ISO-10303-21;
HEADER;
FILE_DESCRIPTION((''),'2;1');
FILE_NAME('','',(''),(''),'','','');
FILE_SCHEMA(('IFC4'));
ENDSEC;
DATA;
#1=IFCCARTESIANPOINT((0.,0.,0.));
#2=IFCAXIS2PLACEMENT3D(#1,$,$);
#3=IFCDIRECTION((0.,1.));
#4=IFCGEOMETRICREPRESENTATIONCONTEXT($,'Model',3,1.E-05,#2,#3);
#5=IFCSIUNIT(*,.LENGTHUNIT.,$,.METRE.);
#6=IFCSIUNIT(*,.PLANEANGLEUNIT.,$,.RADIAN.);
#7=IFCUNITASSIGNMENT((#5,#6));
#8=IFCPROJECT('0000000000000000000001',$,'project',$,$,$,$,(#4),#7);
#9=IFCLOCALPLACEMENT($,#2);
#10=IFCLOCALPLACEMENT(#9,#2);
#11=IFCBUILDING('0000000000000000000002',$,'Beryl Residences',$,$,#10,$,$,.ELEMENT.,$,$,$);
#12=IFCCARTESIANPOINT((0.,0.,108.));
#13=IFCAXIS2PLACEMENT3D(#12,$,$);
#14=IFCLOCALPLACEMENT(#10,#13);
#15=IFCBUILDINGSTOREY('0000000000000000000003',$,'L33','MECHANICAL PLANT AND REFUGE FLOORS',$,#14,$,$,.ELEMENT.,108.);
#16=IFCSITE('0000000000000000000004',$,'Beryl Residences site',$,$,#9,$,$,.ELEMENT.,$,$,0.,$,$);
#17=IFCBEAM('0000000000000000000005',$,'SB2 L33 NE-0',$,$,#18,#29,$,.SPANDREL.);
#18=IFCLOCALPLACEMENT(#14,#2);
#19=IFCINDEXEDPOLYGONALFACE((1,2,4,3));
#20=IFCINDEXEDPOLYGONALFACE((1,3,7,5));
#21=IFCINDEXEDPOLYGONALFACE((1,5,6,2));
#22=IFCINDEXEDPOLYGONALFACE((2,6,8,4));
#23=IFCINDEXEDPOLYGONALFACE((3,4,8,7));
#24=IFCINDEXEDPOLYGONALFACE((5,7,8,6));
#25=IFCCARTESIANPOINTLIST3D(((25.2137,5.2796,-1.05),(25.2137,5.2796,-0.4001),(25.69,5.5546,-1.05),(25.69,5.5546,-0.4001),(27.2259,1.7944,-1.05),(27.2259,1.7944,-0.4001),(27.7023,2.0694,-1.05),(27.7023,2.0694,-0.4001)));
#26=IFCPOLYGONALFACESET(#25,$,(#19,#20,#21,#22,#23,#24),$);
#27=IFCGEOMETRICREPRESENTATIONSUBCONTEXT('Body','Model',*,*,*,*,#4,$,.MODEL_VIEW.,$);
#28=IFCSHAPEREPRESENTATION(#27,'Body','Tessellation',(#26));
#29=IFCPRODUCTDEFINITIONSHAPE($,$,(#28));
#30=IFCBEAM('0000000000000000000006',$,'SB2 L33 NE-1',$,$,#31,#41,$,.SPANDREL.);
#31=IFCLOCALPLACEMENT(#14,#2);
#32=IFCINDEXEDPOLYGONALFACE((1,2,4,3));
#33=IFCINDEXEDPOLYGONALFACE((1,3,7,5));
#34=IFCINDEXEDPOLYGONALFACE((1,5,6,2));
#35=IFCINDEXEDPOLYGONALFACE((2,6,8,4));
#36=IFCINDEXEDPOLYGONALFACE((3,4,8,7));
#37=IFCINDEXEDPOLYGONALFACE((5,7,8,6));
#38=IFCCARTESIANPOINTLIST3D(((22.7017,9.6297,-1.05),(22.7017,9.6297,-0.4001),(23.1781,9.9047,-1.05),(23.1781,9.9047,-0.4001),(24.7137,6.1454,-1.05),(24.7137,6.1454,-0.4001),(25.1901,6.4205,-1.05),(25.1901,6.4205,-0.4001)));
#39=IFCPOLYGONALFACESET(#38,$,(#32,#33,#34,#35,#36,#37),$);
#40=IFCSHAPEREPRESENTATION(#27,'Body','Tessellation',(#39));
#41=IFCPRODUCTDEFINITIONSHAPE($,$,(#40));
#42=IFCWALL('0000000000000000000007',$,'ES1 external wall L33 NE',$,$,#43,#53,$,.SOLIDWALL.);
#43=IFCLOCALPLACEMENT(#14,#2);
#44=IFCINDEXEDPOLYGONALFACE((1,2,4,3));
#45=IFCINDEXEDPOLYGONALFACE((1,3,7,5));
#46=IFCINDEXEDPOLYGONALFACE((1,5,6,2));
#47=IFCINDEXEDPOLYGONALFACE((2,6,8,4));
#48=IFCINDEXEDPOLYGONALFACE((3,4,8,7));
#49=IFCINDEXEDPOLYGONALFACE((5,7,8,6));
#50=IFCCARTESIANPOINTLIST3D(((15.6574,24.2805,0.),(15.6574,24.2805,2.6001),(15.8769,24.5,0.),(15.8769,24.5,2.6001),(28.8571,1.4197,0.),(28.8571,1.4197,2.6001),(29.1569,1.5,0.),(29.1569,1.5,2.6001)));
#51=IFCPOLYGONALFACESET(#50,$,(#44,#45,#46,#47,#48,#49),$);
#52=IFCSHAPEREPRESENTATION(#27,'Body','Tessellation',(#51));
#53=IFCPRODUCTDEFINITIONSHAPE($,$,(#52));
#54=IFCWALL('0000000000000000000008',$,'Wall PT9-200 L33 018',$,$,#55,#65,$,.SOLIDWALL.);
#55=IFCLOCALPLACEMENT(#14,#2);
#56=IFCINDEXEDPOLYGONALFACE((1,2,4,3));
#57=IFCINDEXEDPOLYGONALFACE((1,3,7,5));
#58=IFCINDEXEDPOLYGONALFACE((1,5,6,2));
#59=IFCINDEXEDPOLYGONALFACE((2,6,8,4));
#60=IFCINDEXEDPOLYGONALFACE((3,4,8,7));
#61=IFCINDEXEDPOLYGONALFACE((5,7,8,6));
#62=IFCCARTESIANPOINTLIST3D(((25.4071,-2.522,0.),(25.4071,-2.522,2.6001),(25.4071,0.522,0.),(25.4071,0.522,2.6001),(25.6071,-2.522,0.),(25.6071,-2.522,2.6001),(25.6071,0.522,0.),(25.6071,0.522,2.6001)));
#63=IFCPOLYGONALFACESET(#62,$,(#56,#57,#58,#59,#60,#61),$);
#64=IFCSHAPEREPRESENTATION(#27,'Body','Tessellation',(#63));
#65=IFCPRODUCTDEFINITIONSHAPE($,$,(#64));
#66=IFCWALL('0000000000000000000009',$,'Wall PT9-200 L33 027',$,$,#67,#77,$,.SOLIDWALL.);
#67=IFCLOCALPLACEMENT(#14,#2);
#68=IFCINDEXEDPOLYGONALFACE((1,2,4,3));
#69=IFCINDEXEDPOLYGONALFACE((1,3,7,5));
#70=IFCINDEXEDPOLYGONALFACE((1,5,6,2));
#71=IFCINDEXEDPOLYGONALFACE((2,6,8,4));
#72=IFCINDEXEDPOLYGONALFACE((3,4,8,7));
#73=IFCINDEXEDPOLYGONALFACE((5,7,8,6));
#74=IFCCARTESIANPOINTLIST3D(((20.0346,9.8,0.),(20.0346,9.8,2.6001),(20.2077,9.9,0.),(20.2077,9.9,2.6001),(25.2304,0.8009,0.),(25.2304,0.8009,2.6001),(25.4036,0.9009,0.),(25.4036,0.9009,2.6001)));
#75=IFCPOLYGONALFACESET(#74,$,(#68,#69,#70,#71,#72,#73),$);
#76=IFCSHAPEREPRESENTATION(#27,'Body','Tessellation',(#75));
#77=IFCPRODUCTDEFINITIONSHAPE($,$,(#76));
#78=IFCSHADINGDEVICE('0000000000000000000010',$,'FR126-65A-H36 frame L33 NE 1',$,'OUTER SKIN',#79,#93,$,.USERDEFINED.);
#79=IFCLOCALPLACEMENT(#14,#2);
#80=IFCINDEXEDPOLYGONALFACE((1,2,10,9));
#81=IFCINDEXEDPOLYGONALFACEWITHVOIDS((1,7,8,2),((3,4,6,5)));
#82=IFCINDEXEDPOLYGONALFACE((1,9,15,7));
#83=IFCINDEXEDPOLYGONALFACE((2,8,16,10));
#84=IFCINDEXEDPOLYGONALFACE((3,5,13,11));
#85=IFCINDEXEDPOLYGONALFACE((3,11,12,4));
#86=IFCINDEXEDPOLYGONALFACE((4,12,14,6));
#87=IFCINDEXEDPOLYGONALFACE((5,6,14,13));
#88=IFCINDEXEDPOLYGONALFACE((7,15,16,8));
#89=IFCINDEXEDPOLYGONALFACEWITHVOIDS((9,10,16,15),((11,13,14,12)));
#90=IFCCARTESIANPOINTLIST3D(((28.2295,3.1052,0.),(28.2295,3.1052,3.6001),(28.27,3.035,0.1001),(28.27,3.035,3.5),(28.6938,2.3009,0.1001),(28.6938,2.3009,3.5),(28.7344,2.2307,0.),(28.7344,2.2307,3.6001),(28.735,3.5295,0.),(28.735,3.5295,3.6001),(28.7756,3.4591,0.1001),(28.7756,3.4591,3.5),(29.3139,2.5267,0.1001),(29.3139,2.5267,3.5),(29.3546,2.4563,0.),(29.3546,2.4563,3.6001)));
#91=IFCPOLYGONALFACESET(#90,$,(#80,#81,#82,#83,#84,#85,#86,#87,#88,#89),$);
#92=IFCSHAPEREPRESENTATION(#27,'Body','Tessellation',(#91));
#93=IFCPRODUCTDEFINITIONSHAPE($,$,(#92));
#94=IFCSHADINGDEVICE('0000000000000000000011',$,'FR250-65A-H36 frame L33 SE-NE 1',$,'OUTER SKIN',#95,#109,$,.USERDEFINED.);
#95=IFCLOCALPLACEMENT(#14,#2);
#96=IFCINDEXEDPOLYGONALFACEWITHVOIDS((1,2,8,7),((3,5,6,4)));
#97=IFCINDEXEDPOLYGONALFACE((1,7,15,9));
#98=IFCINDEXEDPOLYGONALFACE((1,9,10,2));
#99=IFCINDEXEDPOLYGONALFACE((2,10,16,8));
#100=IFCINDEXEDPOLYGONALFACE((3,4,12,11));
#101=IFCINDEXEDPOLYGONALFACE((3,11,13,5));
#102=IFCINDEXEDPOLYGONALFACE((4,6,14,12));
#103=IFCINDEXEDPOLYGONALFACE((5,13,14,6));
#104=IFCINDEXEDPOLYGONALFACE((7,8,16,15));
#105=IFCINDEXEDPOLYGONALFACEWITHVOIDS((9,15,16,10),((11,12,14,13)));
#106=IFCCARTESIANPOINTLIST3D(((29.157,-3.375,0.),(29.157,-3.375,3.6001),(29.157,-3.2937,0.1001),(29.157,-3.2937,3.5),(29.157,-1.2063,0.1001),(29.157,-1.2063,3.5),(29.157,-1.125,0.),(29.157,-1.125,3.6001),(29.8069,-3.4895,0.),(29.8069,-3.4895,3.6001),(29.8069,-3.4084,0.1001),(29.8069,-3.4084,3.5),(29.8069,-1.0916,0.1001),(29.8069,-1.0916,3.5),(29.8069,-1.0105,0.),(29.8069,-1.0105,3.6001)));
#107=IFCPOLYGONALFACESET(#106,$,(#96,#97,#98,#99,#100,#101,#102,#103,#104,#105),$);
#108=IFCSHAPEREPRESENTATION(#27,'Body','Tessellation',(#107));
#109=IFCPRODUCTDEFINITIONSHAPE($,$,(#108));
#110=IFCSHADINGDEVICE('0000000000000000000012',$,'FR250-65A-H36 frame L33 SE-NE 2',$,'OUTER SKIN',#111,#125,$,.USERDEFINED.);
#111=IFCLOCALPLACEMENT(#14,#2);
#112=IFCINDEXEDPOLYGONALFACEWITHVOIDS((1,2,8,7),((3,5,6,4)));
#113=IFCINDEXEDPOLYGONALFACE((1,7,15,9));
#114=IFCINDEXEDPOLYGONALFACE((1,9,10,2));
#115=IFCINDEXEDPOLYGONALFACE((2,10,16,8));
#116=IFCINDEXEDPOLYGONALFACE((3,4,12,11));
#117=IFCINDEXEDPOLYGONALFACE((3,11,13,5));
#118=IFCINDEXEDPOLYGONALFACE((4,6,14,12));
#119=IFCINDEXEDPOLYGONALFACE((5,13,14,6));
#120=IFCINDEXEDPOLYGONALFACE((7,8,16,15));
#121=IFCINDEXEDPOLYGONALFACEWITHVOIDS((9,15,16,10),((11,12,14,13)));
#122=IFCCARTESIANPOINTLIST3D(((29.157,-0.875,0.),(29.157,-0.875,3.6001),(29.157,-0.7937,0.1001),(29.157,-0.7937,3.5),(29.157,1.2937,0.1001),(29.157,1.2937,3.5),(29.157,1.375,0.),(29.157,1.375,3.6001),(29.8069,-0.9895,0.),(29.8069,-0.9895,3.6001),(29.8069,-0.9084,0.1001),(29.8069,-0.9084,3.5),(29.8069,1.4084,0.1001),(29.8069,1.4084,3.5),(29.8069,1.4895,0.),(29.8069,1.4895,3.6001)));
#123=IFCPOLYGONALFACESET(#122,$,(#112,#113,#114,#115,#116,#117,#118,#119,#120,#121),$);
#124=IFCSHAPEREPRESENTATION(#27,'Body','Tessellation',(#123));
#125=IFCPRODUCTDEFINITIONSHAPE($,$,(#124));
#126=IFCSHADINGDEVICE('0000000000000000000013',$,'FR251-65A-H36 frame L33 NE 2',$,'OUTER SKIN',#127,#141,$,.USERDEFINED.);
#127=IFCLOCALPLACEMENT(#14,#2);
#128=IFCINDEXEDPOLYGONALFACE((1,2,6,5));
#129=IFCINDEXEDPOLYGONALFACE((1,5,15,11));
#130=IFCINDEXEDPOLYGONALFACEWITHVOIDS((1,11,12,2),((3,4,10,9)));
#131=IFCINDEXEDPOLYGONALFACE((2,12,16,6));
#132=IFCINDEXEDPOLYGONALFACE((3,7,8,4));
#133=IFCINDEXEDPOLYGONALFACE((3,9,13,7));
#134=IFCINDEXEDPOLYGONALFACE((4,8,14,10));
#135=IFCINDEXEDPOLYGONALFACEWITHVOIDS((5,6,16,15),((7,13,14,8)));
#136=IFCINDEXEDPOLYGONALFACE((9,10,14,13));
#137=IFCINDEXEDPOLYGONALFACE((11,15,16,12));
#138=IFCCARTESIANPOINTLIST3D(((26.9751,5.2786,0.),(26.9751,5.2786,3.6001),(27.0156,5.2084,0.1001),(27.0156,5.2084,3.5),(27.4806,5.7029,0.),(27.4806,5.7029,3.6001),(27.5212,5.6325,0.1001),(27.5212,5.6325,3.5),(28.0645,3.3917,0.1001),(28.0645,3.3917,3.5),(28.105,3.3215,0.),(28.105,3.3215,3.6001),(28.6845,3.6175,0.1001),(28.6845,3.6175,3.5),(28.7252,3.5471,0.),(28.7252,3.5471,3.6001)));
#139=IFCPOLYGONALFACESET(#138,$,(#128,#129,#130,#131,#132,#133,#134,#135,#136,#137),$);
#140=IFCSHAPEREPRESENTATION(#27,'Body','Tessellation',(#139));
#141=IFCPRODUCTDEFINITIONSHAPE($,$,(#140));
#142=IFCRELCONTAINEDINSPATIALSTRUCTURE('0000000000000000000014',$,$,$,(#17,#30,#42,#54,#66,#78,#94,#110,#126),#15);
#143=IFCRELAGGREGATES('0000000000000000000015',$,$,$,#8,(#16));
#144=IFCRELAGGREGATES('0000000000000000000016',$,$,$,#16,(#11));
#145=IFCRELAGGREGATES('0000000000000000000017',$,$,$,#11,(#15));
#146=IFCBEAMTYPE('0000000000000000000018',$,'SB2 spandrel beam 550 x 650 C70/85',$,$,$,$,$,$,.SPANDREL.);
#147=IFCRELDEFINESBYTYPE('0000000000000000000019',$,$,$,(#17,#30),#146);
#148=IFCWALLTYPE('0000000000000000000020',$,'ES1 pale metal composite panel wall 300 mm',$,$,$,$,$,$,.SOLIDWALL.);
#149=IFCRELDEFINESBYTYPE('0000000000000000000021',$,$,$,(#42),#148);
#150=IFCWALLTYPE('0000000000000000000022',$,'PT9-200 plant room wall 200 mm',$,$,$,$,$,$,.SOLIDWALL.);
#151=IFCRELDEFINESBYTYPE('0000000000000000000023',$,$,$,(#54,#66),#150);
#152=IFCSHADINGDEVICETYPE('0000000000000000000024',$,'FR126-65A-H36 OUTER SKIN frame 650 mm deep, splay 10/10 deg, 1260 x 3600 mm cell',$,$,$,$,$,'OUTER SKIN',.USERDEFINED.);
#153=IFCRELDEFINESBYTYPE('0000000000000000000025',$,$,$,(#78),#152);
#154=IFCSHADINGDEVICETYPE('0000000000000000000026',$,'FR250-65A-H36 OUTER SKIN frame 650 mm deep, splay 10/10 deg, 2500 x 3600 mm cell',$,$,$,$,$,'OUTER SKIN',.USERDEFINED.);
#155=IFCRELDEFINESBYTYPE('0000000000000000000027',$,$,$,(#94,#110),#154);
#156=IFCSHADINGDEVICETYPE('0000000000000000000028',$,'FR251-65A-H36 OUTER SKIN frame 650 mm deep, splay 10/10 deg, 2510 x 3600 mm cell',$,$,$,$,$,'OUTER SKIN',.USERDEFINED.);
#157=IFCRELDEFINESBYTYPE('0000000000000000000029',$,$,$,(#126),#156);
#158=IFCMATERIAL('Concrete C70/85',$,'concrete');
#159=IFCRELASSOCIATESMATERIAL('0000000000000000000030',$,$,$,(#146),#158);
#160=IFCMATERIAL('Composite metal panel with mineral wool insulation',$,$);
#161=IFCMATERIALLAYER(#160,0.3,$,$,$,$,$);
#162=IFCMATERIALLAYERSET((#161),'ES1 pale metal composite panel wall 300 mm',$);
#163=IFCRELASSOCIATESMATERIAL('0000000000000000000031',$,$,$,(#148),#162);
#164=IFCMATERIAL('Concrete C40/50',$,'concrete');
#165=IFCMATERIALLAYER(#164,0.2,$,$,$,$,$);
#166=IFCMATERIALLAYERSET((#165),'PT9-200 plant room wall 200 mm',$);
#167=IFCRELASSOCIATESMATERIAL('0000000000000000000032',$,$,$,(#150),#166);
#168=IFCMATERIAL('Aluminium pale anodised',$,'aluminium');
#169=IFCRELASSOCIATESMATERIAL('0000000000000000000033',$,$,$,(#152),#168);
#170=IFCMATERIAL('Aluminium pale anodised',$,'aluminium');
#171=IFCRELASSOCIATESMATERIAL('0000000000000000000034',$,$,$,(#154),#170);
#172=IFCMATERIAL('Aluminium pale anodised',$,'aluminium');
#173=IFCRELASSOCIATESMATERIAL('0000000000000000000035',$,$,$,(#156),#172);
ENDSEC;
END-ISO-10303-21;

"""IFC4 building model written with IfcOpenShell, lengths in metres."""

from ifc_helpers import new_model, entity, si_unit, direction, frame, frame_2d, origin, origin_2d, place, context, subcontext, project, spatial, polyline, rectangle, outline, extrude, source, transform, mapped, material, layer, layer_set, material_profile, profile_set, type_object, type_shapes, element, save


model = new_model("IFC4")

# Units and contexts
model_context = context("Model", 3, precision=1e-05, world=origin(), true_north=direction((0.0, 1.0)))
body_context = subcontext(model_context, "Body", "Model", "MODEL_VIEW")
ifc_project = project(units=[si_unit("LENGTHUNIT", "METRE"), si_unit("PLANEANGLEUNIT", "RADIAN")], contexts=[model_context])

# Site, building, storey
site_placement = place(None, origin())
site = spatial("IfcSite", under=ifc_project, at=site_placement, Name="Beryl Residences site", CompositionType="ELEMENT", RefElevation=0.0)
building_placement = place(site_placement, origin())
building = spatial("IfcBuilding", under=site, at=building_placement, Name="Beryl Residences", CompositionType="ELEMENT")
storey_placement = place(building_placement, frame((0.0, 0.0, 108.0)))
storey = spatial("IfcBuildingStorey", under=building, at=storey_placement, Name="L33", Description="MECHANICAL PLANT AND REFUGE FLOORS", CompositionType="ELEMENT", Elevation=108.0)

# Beams
ifc_material_1 = material(Name="Concrete C70/85", Category="concrete")
ifc_material_profile_1 = material_profile(ifc_material_1, rectangle(XDim=0.55, YDim=0.6499, at=origin_2d()))
ifc_profile_set_1 = profile_set([ifc_material_profile_1], Name="Concrete C70/85")
beam_type = type_object("IfcBeamType", Name="SB2 spandrel beam 550 x 650 C70/85", PredefinedType="SPANDREL", material=ifc_profile_set_1)
beam_1_placement = place(storey_placement, frame((27.4641, 1.9319, -0.7251), z_axis=(-0.500015, 0.866017, 0.0), x_axis=(-0.866017, -0.500015, 0.0)))
element("IfcBeam", 1, at=beam_1_placement, inside=storey, type_object=beam_type, Name="SB2 L33 NE-0", PredefinedType="SPANDREL", context=body_context, shape_type="SweptSolid", body=[
    extrude(rectangle(XDim=0.55, YDim=0.6499, at=origin_2d()), origin(), (0.0, 0.0, 1.0), 4.0244),
])
beam_2_placement = place(storey_placement, frame((24.9519, 6.283, -0.7251), z_axis=(-0.500074, 0.865982, 0.0), x_axis=(-0.865982, -0.500074, 0.0)))
element("IfcBeam", 2, at=beam_2_placement, inside=storey, type_object=beam_type, Name="SB2 L33 NE-1", PredefinedType="SPANDREL", context=body_context, shape_type="SweptSolid", body=[
    extrude(rectangle(XDim=0.55, YDim=0.6499, at=origin_2d()), origin(), (0.0, 0.0, 1.0), 4.0234),
])

# Walls
ifc_material_2 = material(Name="Composite metal panel with mineral wool insulation")
ifc_layer_1 = layer(ifc_material_2, 0.3)
ifc_layer_set_1 = layer_set([ifc_layer_1], Name="ES1 pale metal composite panel wall 300 mm")
wall_type_1 = type_object("IfcWallType", Name="ES1 pale metal composite panel wall 300 mm", PredefinedType="SOLIDWALL", material=ifc_layer_set_1)
wall_1_placement = place(storey_placement, frame((29.0271, 1.425, 0.0), z_axis=(0.0, 0.0, 1.0), x_axis=(-0.500027, 0.86601, 0.0)))
element("IfcWall", 3, at=wall_1_placement, inside=storey, type_object=wall_type_1, Name="ES1 external wall L33 NE", PredefinedType="SOLIDWALL", context=body_context, shape_type="SweptSolid", body=[
    extrude(outline(polyline([(0.0, -0.1499), (26.5586, -0.1499), (26.4783, 0.1499), (0.0803, 0.1499), (0.0, -0.1499)])), origin(), (0.0, 0.0, 1.0), 2.6001),
])
ifc_material_3 = material(Name="Concrete C40/50", Category="concrete")
ifc_layer_2 = layer(ifc_material_3, 0.2)
ifc_layer_set_2 = layer_set([ifc_layer_2], Name="PT9-200 plant room wall 200 mm")
wall_type_2 = type_object("IfcWallType", Name="PT9-200 plant room wall 200 mm", PredefinedType="SOLIDWALL", material=ifc_layer_set_2)
wall_2_placement = place(storey_placement, frame((25.5071, -2.522, 0.0), z_axis=(0.0, 0.0, 1.0), x_axis=(0.0, 1.0, 0.0)))
element("IfcWall", 4, at=wall_2_placement, inside=storey, type_object=wall_type_2, Name="Wall PT9-200 L33 018", PredefinedType="SOLIDWALL", context=body_context, shape_type="SweptSolid", body=[
    extrude(rectangle(XDim=3.0439, YDim=0.2, at=frame_2d((1.522, 0.0))), origin(), (0.0, 0.0, 1.0), 2.6001),
])
wall_3_placement = place(storey_placement, frame((20.1211, 9.8501, 0.0), z_axis=(0.0, 0.0, 1.0), x_axis=(0.500015, -0.866017, 0.0)))
element("IfcWall", 5, at=wall_3_placement, inside=storey, type_object=wall_type_2, Name="Wall PT9-200 L33 027", PredefinedType="SOLIDWALL", context=body_context, shape_type="SweptSolid", body=[
    extrude(rectangle(XDim=10.3914, YDim=0.2, at=frame_2d((5.1958, 0.0))), origin(), (0.0, 0.0, 1.0), 2.6001),
])

# Shading devices
ifc_material_4 = material(Name="Aluminium pale anodised", Category="aluminium")
shading_device_type_1 = type_object("IfcShadingDeviceType", Name="FR126-65A-H36 OUTER SKIN frame 650 mm deep, splay 10/10 deg, 1260 x 3600 mm cell", ElementType="OUTER SKIN", PredefinedType="USERDEFINED", material=ifc_material_4)
cartesian_point_1 = entity("IfcCartesianPoint", [-0.5049, 0.0])
cartesian_point_2 = entity("IfcCartesianPoint", [-0.4238, 0.1001])
cartesian_point_3 = entity("IfcCartesianPoint", [-0.6196, 0.0])
cartesian_point_4 = entity("IfcCartesianPoint", [-0.5383, 0.1001])
shared_shape_1 = source(origin(), body_context, "Body", "SweptSolid", [
    entity("IfcExtrudedAreaSolidTapered", entity("IfcArbitraryProfileDefWithVoids", "AREA", None, entity("IfcPolyline", [cartesian_point_1, entity("IfcCartesianPoint", [0.5049, 0.0]), entity("IfcCartesianPoint", [0.5049, 3.6001]), entity("IfcCartesianPoint", [-0.5049, 3.6001]), cartesian_point_1]), [entity("IfcPolyline", [cartesian_point_2, entity("IfcCartesianPoint", [0.4238, 0.1001]), entity("IfcCartesianPoint", [0.4238, 3.5]), entity("IfcCartesianPoint", [-0.4238, 3.5]), cartesian_point_2])]), entity("IfcAxis2Placement3D", entity("IfcCartesianPoint", [0.0, 0.0, 0.0]), entity("IfcDirection", [0.0, 1.0, 0.0]), entity("IfcDirection", [-1.0, 0.0, 0.0])), entity("IfcDirection", [0.0, 0.0, 1.0]), 0.6499, entity("IfcArbitraryProfileDefWithVoids", "AREA", None, entity("IfcPolyline", [cartesian_point_3, entity("IfcCartesianPoint", [0.6196, 0.0]), entity("IfcCartesianPoint", [0.6196, 3.6001]), entity("IfcCartesianPoint", [-0.6196, 3.6001]), cartesian_point_3]), [entity("IfcPolyline", [cartesian_point_4, entity("IfcCartesianPoint", [0.5383, 0.1001]), entity("IfcCartesianPoint", [0.5383, 3.5]), entity("IfcCartesianPoint", [-0.5383, 3.5]), cartesian_point_4])])),
])
type_shapes(shading_device_type_1, [shared_shape_1])
shading_device_placement = place(storey_placement, frame((28.4819, 2.668, 0.0), z_axis=(0.0, 0.0, 1.0), x_axis=(0.5, -0.866025, 0.0)))
element("IfcShadingDevice", 6, at=shading_device_placement, inside=storey, type_object=shading_device_type_1, Name="FR126-65A-H36 frame L33 NE 1", ObjectType="OUTER SKIN", PredefinedType="USERDEFINED", context=body_context, shape_type="MappedRepresentation", body=[
    mapped(shared_shape_1, transform((0.0, 0.0, 0.0))),
])
ifc_material_5 = material(Name="Aluminium pale anodised", Category="aluminium")
shading_device_type_2 = type_object("IfcShadingDeviceType", Name="FR250-65A-H36 OUTER SKIN frame 650 mm deep, splay 10/10 deg, 2500 x 3600 mm cell", ElementType="OUTER SKIN", PredefinedType="USERDEFINED", material=ifc_material_5)
cartesian_point_5 = entity("IfcCartesianPoint", [-1.125, 0.0])
cartesian_point_6 = entity("IfcCartesianPoint", [-1.0437, 0.1001])
cartesian_point_7 = entity("IfcCartesianPoint", [-1.2395, 0.0])
cartesian_point_8 = entity("IfcCartesianPoint", [-1.1584, 0.1001])
shared_shape_2 = source(origin(), body_context, "Body", "SweptSolid", [
    entity("IfcExtrudedAreaSolidTapered", entity("IfcArbitraryProfileDefWithVoids", "AREA", None, entity("IfcPolyline", [cartesian_point_5, entity("IfcCartesianPoint", [1.125, 0.0]), entity("IfcCartesianPoint", [1.125, 3.6001]), entity("IfcCartesianPoint", [-1.125, 3.6001]), cartesian_point_5]), [entity("IfcPolyline", [cartesian_point_6, entity("IfcCartesianPoint", [1.0437, 0.1001]), entity("IfcCartesianPoint", [1.0437, 3.5]), entity("IfcCartesianPoint", [-1.0437, 3.5]), cartesian_point_6])]), entity("IfcAxis2Placement3D", entity("IfcCartesianPoint", [0.0, 0.0, 0.0]), entity("IfcDirection", [0.0, 1.0, 0.0]), entity("IfcDirection", [-1.0, 0.0, 0.0])), entity("IfcDirection", [0.0, 0.0, 1.0]), 0.6499, entity("IfcArbitraryProfileDefWithVoids", "AREA", None, entity("IfcPolyline", [cartesian_point_7, entity("IfcCartesianPoint", [1.2395, 0.0]), entity("IfcCartesianPoint", [1.2395, 3.6001]), entity("IfcCartesianPoint", [-1.2395, 3.6001]), cartesian_point_7]), [entity("IfcPolyline", [cartesian_point_8, entity("IfcCartesianPoint", [1.1584, 0.1001]), entity("IfcCartesianPoint", [1.1584, 3.5]), entity("IfcCartesianPoint", [-1.1584, 3.5]), cartesian_point_8])])),
])
type_shapes(shading_device_type_2, [shared_shape_2])
for number, where, z_axis, x_axis, name in (
    (7, (29.157, -2.25, 0.0), (0.0, 0.0, 1.0), (0.0, -1.0, 0.0), "FR250-65A-H36 frame L33 SE-NE 1"),
    (8, (29.157, 0.25, 0.0), (0.0, 0.0, 1.0), (0.0, -1.0, 0.0), "FR250-65A-H36 frame L33 SE-NE 2"),
):
    element("IfcShadingDevice", number, at=place(storey_placement, frame(where, z_axis=z_axis, x_axis=x_axis)), inside=storey, type_object=shading_device_type_2, Name=name, ObjectType="OUTER SKIN", PredefinedType="USERDEFINED", context=body_context, shape_type="MappedRepresentation", body=[
        mapped(shared_shape_2, transform((0.0, 0.0, 0.0))),
    ])
ifc_material_6 = material(Name="Aluminium pale anodised", Category="aluminium")
shading_device_type_3 = type_object("IfcShadingDeviceType", Name="FR251-65A-H36 OUTER SKIN frame 650 mm deep, splay 10/10 deg, 2510 x 3600 mm cell", ElementType="OUTER SKIN", PredefinedType="USERDEFINED", material=ifc_material_6)
cartesian_point_9 = entity("IfcCartesianPoint", [-1.1299, 0.0])
cartesian_point_10 = entity("IfcCartesianPoint", [-1.0488, 0.1001])
cartesian_point_11 = entity("IfcCartesianPoint", [-1.2446, 0.0])
cartesian_point_12 = entity("IfcCartesianPoint", [-1.1633, 0.1001])
shared_shape_3 = source(origin(), body_context, "Body", "SweptSolid", [
    entity("IfcExtrudedAreaSolidTapered", entity("IfcArbitraryProfileDefWithVoids", "AREA", None, entity("IfcPolyline", [cartesian_point_9, entity("IfcCartesianPoint", [1.1299, 0.0]), entity("IfcCartesianPoint", [1.1299, 3.6001]), entity("IfcCartesianPoint", [-1.1299, 3.6001]), cartesian_point_9]), [entity("IfcPolyline", [cartesian_point_10, entity("IfcCartesianPoint", [1.0488, 0.1001]), entity("IfcCartesianPoint", [1.0488, 3.5]), entity("IfcCartesianPoint", [-1.0488, 3.5]), cartesian_point_10])]), entity("IfcAxis2Placement3D", entity("IfcCartesianPoint", [0.0, 0.0, 0.0]), entity("IfcDirection", [0.0, 1.0, 0.0]), entity("IfcDirection", [-1.0, 0.0, 0.0])), entity("IfcDirection", [0.0, 0.0, 1.0]), 0.6499, entity("IfcArbitraryProfileDefWithVoids", "AREA", None, entity("IfcPolyline", [cartesian_point_11, entity("IfcCartesianPoint", [1.2446, 0.0]), entity("IfcCartesianPoint", [1.2446, 3.6001]), entity("IfcCartesianPoint", [-1.2446, 3.6001]), cartesian_point_11]), [entity("IfcPolyline", [cartesian_point_12, entity("IfcCartesianPoint", [1.1633, 0.1001]), entity("IfcCartesianPoint", [1.1633, 3.5]), entity("IfcCartesianPoint", [-1.1633, 3.5]), cartesian_point_12])])),
])
type_shapes(shading_device_type_3, [shared_shape_3])
for number, where, z_axis, x_axis, name in (
    (9, (27.54, 4.3, 0.0), (0.0, 0.0, 1.0), (0.5, -0.866025, 0.0), "FR251-65A-H36 frame L33 NE 2"),
):
    element("IfcShadingDevice", number, at=place(storey_placement, frame(where, z_axis=z_axis, x_axis=x_axis)), inside=storey, type_object=shading_device_type_3, Name=name, ObjectType="OUTER SKIN", PredefinedType="USERDEFINED", context=body_context, shape_type="MappedRepresentation", body=[
        mapped(shared_shape_3, transform((0.0, 0.0, 0.0))),
    ])

save(model, "model.ifc")
